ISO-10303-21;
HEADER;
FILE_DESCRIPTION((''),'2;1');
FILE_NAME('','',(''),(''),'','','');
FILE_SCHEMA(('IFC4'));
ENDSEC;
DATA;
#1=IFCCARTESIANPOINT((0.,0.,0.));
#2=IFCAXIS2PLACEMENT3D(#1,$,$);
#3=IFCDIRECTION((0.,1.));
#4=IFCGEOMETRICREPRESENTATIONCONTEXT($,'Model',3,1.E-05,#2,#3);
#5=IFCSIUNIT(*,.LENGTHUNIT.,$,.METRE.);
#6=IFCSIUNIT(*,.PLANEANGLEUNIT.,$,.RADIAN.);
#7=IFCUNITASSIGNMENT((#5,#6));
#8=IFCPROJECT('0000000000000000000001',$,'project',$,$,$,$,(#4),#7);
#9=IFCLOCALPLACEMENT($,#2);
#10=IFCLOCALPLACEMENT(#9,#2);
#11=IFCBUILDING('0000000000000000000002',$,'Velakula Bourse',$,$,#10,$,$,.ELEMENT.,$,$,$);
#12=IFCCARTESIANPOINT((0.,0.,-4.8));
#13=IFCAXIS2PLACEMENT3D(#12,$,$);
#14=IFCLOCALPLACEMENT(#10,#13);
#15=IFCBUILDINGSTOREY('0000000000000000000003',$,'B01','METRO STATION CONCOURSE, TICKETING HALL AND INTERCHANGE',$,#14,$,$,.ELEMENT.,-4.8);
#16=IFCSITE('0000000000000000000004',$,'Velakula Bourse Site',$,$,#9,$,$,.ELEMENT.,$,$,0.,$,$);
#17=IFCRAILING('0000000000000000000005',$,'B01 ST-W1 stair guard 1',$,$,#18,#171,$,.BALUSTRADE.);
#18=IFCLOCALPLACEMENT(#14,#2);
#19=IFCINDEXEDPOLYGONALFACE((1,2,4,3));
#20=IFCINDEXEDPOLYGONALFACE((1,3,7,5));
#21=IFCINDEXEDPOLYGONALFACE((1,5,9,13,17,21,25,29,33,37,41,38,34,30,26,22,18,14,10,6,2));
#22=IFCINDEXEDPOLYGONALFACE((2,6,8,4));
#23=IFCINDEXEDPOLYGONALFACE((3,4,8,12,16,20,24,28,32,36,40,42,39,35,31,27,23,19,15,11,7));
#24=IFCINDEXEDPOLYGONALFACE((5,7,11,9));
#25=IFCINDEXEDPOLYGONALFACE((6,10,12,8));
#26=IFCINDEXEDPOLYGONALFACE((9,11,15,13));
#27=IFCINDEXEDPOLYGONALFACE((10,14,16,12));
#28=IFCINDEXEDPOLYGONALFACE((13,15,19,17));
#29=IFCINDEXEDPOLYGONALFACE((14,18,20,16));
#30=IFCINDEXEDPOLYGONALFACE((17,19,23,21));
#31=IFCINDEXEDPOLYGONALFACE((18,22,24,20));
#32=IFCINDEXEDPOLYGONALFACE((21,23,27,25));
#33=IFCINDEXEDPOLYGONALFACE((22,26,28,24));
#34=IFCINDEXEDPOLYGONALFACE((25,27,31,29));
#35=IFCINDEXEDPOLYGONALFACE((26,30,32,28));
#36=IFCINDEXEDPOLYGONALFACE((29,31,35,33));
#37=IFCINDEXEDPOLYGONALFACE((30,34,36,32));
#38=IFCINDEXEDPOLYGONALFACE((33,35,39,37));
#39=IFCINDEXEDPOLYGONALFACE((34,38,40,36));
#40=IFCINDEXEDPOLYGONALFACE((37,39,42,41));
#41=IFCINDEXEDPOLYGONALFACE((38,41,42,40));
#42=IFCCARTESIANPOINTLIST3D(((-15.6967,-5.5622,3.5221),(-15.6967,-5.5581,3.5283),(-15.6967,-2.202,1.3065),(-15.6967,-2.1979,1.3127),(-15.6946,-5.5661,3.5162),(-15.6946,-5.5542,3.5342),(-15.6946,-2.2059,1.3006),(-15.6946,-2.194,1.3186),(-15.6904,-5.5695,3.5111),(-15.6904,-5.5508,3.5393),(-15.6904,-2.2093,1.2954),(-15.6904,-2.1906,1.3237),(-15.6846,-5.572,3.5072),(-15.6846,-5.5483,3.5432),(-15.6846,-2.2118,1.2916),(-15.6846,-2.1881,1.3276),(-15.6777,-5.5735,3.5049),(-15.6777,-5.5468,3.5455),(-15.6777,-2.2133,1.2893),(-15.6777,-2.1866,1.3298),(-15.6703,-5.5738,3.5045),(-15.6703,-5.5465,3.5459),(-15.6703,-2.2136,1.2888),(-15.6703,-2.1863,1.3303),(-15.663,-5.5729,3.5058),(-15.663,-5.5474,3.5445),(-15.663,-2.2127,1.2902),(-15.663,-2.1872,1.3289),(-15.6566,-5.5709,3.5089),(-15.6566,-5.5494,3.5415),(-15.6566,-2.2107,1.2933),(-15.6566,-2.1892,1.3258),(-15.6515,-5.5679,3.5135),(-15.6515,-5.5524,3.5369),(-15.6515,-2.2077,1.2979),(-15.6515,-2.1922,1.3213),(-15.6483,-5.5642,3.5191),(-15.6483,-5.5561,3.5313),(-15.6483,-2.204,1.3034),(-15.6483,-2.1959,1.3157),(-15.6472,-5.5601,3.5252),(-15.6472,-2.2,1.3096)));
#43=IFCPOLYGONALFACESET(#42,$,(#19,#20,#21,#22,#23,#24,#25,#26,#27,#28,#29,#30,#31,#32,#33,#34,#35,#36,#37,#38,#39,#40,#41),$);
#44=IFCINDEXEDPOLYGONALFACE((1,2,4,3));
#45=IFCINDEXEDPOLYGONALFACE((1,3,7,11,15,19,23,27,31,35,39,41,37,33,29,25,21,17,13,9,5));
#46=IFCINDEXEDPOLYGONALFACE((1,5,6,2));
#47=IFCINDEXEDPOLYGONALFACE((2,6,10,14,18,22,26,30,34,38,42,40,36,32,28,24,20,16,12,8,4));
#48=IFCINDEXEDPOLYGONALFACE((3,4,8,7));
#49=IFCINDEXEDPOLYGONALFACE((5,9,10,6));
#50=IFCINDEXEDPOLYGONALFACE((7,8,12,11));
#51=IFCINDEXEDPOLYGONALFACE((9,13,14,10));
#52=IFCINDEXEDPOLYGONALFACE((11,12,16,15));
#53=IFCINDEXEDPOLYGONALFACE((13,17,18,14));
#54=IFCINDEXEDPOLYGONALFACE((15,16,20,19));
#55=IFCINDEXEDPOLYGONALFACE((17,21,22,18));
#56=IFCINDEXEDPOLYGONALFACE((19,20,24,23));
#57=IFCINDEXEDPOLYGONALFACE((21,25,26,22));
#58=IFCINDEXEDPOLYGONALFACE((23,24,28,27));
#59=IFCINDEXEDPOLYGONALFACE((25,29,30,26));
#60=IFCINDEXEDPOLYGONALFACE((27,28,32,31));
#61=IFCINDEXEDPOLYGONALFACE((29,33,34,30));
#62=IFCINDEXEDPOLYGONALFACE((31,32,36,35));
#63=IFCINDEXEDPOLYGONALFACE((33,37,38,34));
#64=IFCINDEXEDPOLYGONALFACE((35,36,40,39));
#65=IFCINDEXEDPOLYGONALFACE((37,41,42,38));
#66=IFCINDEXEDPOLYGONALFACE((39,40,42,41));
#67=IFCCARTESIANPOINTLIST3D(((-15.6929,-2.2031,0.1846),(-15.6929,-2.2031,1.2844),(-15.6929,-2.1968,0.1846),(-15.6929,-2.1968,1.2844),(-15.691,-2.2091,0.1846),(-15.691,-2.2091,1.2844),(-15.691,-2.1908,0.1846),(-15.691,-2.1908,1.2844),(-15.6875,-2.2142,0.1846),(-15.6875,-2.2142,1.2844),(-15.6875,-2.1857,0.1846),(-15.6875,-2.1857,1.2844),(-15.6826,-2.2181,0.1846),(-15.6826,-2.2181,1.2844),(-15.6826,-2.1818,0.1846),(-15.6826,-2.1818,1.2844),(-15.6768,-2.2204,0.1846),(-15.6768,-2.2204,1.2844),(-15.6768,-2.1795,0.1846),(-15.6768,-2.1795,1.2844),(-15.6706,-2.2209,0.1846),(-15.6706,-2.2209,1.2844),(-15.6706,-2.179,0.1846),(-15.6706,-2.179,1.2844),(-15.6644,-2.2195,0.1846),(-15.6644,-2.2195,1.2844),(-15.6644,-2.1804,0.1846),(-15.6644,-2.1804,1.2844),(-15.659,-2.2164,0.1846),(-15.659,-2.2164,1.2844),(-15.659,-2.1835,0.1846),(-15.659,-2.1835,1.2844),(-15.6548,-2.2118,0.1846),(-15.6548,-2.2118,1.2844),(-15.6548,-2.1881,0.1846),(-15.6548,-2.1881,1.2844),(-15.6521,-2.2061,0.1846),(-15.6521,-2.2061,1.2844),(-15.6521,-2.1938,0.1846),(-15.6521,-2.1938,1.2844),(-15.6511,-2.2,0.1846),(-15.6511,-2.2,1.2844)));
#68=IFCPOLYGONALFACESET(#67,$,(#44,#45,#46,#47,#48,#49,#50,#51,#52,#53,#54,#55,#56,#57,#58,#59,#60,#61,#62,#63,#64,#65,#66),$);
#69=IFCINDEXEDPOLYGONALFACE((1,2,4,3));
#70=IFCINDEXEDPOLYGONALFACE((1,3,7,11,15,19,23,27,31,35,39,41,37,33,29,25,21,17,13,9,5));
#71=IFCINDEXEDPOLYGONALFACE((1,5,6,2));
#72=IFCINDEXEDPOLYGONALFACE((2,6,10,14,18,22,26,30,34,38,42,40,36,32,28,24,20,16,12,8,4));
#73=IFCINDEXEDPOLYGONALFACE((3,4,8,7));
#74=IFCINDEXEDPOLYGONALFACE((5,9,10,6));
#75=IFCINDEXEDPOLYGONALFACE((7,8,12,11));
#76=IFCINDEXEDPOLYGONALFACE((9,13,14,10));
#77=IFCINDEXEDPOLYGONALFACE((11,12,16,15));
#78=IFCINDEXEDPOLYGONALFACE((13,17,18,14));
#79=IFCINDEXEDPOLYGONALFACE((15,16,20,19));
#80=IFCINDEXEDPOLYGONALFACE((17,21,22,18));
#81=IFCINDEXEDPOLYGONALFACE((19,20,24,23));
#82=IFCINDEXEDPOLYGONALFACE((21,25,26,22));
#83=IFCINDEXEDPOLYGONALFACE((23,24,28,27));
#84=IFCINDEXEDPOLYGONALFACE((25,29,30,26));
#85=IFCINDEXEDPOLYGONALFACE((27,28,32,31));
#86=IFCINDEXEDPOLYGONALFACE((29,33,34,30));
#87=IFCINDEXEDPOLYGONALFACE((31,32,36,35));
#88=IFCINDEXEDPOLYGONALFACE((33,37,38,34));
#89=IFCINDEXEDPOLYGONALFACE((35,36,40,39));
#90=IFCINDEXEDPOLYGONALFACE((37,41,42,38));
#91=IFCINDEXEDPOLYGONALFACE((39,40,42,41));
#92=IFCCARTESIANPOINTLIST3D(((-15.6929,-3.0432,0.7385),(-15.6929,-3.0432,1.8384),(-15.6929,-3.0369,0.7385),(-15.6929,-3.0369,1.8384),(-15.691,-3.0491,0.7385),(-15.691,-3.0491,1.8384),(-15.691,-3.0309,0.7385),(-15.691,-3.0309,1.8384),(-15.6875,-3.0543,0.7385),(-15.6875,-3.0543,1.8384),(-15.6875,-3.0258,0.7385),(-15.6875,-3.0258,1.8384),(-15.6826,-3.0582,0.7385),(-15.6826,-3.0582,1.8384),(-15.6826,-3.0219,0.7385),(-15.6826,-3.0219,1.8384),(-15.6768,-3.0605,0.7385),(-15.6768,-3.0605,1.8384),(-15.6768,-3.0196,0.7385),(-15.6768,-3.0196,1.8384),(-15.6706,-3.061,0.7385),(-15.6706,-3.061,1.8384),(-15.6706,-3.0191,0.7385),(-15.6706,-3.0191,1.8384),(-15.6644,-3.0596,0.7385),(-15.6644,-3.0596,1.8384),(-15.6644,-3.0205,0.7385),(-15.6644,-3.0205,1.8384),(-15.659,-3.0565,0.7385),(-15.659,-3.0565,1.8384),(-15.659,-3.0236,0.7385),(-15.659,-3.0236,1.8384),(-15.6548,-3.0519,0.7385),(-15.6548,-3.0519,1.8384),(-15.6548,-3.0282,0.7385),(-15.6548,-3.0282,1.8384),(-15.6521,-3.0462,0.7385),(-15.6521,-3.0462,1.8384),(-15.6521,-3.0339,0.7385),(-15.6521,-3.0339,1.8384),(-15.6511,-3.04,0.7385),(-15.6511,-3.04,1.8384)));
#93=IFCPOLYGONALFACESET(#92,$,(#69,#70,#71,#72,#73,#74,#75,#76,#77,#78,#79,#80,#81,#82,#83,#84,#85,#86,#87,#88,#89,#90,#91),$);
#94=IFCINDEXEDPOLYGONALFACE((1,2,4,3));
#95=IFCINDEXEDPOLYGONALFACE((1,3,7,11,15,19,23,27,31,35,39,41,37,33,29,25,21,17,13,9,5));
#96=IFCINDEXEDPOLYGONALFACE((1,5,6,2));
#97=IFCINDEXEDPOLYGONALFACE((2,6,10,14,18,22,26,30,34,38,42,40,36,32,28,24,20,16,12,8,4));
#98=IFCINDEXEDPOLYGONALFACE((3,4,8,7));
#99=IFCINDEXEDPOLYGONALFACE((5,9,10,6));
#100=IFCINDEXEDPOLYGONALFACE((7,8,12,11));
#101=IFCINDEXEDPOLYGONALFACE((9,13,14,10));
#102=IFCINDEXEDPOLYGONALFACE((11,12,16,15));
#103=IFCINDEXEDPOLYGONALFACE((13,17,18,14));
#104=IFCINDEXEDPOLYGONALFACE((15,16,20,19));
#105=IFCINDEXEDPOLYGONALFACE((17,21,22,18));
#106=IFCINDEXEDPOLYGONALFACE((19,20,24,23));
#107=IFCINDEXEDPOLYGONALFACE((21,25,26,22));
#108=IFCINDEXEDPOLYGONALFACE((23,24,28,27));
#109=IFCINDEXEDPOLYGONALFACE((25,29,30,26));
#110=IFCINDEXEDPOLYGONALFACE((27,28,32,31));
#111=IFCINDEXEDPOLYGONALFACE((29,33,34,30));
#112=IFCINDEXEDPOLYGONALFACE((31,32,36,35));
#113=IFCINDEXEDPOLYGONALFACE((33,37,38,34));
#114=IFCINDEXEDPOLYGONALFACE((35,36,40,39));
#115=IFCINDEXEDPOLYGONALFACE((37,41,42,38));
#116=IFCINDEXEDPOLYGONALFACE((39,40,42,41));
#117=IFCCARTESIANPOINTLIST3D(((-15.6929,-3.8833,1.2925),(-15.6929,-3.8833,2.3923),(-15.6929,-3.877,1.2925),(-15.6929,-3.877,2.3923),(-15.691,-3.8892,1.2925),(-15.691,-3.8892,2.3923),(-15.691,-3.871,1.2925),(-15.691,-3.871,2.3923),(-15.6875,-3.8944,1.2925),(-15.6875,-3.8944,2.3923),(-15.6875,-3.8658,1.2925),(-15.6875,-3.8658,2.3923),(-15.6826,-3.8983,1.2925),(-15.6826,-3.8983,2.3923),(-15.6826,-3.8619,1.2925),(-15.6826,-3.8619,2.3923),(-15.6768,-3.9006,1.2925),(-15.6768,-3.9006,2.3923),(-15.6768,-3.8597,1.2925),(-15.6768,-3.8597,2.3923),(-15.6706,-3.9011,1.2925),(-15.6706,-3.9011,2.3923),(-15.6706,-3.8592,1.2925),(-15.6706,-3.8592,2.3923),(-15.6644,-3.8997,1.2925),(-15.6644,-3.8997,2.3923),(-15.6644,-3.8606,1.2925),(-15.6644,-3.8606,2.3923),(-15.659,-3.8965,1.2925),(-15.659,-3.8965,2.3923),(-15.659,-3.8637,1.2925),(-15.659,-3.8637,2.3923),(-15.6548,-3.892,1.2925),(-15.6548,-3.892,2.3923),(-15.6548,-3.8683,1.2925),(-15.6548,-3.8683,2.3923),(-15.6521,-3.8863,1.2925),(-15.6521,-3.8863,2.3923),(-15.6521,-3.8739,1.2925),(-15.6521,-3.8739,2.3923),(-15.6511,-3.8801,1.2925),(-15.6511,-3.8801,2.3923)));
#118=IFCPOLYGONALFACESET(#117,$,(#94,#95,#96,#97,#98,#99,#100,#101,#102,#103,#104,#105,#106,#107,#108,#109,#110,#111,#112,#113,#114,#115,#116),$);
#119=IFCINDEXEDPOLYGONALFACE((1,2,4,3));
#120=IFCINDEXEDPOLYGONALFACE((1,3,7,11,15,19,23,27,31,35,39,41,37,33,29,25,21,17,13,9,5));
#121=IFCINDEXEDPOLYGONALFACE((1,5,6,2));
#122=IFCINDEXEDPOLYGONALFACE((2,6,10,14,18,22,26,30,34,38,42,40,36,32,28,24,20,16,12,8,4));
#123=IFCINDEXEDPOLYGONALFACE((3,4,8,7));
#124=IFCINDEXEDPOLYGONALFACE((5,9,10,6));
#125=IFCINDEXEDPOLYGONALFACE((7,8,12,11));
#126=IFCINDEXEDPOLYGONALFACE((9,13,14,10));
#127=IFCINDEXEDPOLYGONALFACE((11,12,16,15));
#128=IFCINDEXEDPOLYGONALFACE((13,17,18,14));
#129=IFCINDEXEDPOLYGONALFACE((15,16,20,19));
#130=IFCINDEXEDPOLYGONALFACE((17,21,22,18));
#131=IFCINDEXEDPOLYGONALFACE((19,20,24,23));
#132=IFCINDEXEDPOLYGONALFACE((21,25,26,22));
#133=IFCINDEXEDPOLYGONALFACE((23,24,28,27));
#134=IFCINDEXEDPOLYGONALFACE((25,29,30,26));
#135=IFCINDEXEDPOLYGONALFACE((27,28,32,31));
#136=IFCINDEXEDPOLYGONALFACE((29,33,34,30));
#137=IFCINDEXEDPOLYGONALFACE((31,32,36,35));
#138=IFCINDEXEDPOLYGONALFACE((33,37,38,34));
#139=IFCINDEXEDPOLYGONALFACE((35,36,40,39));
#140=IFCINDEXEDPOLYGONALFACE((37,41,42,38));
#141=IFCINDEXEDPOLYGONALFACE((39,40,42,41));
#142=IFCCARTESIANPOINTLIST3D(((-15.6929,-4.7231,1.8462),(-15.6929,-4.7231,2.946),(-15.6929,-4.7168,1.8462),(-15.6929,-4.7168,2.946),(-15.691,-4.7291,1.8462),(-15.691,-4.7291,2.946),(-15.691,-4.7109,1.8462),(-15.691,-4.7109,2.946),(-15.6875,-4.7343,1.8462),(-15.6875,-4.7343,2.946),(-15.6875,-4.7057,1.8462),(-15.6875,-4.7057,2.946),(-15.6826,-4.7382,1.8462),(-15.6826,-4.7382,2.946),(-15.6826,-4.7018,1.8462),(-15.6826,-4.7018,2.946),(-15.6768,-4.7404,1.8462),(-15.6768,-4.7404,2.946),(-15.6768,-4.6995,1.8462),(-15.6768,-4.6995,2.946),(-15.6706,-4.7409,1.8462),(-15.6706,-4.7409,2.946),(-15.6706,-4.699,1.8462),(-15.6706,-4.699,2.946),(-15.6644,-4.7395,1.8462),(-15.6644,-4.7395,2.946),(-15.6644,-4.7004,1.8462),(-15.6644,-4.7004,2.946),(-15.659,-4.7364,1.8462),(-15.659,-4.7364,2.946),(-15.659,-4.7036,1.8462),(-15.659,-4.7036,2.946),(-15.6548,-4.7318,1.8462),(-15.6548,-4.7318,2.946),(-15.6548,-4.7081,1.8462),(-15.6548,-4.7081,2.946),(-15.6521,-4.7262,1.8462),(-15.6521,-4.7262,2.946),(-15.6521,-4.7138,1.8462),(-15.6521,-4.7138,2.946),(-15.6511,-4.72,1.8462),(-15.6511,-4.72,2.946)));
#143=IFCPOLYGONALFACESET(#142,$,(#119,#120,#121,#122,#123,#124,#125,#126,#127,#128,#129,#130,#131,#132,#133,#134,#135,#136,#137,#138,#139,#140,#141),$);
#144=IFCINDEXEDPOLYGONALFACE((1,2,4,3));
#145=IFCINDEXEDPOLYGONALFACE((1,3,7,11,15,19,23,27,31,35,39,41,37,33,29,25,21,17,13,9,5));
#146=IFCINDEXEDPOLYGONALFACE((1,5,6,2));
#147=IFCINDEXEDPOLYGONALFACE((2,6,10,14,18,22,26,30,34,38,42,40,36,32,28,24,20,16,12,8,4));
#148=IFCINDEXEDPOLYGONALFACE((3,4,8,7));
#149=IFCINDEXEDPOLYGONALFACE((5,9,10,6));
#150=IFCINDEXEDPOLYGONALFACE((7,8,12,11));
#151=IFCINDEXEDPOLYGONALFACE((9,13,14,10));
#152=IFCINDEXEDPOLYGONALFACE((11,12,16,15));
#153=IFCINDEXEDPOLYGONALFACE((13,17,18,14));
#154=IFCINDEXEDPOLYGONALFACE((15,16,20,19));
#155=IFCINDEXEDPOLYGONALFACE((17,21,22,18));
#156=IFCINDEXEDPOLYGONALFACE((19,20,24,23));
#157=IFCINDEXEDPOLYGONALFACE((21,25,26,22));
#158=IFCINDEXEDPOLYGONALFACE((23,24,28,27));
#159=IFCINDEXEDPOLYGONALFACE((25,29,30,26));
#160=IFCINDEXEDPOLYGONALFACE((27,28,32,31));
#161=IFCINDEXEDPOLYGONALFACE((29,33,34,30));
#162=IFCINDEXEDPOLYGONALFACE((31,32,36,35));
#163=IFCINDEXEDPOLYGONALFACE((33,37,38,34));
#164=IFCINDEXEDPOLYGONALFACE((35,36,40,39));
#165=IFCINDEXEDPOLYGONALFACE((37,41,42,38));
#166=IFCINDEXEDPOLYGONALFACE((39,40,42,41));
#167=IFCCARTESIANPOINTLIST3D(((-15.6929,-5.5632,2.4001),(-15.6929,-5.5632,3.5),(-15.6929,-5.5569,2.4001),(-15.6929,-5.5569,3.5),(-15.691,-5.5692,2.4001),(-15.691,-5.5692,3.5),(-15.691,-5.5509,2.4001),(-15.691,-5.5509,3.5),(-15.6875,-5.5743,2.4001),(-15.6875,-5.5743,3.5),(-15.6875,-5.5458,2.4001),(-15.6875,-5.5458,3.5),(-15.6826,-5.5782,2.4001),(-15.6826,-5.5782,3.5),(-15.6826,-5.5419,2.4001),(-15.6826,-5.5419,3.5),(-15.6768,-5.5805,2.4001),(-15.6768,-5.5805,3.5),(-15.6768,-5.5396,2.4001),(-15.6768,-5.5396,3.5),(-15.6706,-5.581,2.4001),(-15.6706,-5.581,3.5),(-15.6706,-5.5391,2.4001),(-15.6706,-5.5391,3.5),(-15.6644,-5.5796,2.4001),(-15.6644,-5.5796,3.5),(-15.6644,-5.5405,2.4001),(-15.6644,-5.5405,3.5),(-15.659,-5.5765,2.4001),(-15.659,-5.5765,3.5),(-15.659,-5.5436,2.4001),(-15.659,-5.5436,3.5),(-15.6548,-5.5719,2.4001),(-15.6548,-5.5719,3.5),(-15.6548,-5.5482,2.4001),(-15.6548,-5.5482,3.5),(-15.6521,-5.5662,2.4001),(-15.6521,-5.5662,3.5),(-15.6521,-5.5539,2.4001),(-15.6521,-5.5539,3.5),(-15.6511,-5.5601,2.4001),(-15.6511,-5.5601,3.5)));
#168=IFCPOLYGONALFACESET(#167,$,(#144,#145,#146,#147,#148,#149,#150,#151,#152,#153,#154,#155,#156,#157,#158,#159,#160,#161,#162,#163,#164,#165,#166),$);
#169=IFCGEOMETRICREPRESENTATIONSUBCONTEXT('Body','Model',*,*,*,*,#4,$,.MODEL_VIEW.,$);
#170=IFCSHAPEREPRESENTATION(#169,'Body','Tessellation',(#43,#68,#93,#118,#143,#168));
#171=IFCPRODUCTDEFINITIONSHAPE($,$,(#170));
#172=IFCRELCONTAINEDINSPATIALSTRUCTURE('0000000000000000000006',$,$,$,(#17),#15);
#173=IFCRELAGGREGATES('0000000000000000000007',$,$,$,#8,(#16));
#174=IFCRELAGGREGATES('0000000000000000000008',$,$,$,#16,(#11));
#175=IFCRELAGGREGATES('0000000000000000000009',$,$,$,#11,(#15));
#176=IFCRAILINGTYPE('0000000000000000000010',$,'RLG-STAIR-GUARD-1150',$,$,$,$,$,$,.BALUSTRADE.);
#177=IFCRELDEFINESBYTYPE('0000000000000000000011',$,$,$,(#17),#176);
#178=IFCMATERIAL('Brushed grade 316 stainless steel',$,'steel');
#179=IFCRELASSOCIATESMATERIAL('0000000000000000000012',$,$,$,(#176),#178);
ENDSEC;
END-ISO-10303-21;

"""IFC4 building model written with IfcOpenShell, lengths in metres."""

from ifc_helpers import new_model, si_unit, direction, frame, origin, origin_2d, place, context, subcontext, project, spatial, circle, extrude, material, type_object, element, save


model = new_model("IFC4")

# Units and contexts
model_context = context("Model", 3, precision=1e-05, world=origin(), true_north=direction((0.0, 1.0)))
body_context = subcontext(model_context, "Body", "Model", "MODEL_VIEW")
ifc_project = project(units=[si_unit("LENGTHUNIT", "METRE"), si_unit("PLANEANGLEUNIT", "RADIAN")], contexts=[model_context])

# Site, building, storey
site_placement = place(None, origin())
site = spatial("IfcSite", under=ifc_project, at=site_placement, Name="Velakula Bourse Site", CompositionType="ELEMENT", RefElevation=0.0)
building_placement = place(site_placement, origin())
building = spatial("IfcBuilding", under=site, at=building_placement, Name="Velakula Bourse", CompositionType="ELEMENT")
storey_placement = place(building_placement, frame((0.0, 0.0, -4.8)))
storey = spatial("IfcBuildingStorey", under=building, at=storey_placement, Name="B01", Description="METRO STATION CONCOURSE, TICKETING HALL AND INTERCHANGE", CompositionType="ELEMENT", Elevation=-4.8)

# Railing
ifc_material_1 = material(Name="Brushed grade 316 stainless steel", Category="steel")
railing_type_1 = type_object("IfcRailingType", Name="RLG-STAIR-GUARD-1150", PredefinedType="BALUSTRADE", material=ifc_material_1)
railing_1_placement = place(storey_placement, frame((-15.6721, -2.2, 0.1846)))
element("IfcRailing", 1, at=railing_1_placement, inside=storey, type_object=railing_type_1, Name="B01 ST-W1 stair guard 1", PredefinedType="BALUSTRADE", context=body_context, shape_type="SweptSolid", body=[
    extrude(circle(Radius=0.0249, at=origin_2d()), frame((0.0, 0.0, 1.125), z_axis=(0.0, -0.834849, 0.55048), x_axis=(1.0, 0.0, 0.0)), (0.0, 0.0, 1.0), 4.0249),
    extrude(circle(Radius=0.021, at=origin_2d()), origin(), (0.0, 0.0, 1.0), 1.0999),
    extrude(circle(Radius=0.021, at=origin_2d()), frame((0.0, -0.8401, 0.554)), (0.0, 0.0, 1.0), 1.0999),
    extrude(circle(Radius=0.021, at=origin_2d()), frame((0.0, -1.6802, 1.1079)), (0.0, 0.0, 1.0), 1.0999),
    extrude(circle(Radius=0.021, at=origin_2d()), frame((0.0, -2.52, 1.6616)), (0.0, 0.0, 1.0), 1.0999),
    extrude(circle(Radius=0.021, at=origin_2d()), frame((0.0, -3.3601, 2.2156)), (0.0, 0.0, 1.0), 1.0999),
])

save(model, "model.ifc")
